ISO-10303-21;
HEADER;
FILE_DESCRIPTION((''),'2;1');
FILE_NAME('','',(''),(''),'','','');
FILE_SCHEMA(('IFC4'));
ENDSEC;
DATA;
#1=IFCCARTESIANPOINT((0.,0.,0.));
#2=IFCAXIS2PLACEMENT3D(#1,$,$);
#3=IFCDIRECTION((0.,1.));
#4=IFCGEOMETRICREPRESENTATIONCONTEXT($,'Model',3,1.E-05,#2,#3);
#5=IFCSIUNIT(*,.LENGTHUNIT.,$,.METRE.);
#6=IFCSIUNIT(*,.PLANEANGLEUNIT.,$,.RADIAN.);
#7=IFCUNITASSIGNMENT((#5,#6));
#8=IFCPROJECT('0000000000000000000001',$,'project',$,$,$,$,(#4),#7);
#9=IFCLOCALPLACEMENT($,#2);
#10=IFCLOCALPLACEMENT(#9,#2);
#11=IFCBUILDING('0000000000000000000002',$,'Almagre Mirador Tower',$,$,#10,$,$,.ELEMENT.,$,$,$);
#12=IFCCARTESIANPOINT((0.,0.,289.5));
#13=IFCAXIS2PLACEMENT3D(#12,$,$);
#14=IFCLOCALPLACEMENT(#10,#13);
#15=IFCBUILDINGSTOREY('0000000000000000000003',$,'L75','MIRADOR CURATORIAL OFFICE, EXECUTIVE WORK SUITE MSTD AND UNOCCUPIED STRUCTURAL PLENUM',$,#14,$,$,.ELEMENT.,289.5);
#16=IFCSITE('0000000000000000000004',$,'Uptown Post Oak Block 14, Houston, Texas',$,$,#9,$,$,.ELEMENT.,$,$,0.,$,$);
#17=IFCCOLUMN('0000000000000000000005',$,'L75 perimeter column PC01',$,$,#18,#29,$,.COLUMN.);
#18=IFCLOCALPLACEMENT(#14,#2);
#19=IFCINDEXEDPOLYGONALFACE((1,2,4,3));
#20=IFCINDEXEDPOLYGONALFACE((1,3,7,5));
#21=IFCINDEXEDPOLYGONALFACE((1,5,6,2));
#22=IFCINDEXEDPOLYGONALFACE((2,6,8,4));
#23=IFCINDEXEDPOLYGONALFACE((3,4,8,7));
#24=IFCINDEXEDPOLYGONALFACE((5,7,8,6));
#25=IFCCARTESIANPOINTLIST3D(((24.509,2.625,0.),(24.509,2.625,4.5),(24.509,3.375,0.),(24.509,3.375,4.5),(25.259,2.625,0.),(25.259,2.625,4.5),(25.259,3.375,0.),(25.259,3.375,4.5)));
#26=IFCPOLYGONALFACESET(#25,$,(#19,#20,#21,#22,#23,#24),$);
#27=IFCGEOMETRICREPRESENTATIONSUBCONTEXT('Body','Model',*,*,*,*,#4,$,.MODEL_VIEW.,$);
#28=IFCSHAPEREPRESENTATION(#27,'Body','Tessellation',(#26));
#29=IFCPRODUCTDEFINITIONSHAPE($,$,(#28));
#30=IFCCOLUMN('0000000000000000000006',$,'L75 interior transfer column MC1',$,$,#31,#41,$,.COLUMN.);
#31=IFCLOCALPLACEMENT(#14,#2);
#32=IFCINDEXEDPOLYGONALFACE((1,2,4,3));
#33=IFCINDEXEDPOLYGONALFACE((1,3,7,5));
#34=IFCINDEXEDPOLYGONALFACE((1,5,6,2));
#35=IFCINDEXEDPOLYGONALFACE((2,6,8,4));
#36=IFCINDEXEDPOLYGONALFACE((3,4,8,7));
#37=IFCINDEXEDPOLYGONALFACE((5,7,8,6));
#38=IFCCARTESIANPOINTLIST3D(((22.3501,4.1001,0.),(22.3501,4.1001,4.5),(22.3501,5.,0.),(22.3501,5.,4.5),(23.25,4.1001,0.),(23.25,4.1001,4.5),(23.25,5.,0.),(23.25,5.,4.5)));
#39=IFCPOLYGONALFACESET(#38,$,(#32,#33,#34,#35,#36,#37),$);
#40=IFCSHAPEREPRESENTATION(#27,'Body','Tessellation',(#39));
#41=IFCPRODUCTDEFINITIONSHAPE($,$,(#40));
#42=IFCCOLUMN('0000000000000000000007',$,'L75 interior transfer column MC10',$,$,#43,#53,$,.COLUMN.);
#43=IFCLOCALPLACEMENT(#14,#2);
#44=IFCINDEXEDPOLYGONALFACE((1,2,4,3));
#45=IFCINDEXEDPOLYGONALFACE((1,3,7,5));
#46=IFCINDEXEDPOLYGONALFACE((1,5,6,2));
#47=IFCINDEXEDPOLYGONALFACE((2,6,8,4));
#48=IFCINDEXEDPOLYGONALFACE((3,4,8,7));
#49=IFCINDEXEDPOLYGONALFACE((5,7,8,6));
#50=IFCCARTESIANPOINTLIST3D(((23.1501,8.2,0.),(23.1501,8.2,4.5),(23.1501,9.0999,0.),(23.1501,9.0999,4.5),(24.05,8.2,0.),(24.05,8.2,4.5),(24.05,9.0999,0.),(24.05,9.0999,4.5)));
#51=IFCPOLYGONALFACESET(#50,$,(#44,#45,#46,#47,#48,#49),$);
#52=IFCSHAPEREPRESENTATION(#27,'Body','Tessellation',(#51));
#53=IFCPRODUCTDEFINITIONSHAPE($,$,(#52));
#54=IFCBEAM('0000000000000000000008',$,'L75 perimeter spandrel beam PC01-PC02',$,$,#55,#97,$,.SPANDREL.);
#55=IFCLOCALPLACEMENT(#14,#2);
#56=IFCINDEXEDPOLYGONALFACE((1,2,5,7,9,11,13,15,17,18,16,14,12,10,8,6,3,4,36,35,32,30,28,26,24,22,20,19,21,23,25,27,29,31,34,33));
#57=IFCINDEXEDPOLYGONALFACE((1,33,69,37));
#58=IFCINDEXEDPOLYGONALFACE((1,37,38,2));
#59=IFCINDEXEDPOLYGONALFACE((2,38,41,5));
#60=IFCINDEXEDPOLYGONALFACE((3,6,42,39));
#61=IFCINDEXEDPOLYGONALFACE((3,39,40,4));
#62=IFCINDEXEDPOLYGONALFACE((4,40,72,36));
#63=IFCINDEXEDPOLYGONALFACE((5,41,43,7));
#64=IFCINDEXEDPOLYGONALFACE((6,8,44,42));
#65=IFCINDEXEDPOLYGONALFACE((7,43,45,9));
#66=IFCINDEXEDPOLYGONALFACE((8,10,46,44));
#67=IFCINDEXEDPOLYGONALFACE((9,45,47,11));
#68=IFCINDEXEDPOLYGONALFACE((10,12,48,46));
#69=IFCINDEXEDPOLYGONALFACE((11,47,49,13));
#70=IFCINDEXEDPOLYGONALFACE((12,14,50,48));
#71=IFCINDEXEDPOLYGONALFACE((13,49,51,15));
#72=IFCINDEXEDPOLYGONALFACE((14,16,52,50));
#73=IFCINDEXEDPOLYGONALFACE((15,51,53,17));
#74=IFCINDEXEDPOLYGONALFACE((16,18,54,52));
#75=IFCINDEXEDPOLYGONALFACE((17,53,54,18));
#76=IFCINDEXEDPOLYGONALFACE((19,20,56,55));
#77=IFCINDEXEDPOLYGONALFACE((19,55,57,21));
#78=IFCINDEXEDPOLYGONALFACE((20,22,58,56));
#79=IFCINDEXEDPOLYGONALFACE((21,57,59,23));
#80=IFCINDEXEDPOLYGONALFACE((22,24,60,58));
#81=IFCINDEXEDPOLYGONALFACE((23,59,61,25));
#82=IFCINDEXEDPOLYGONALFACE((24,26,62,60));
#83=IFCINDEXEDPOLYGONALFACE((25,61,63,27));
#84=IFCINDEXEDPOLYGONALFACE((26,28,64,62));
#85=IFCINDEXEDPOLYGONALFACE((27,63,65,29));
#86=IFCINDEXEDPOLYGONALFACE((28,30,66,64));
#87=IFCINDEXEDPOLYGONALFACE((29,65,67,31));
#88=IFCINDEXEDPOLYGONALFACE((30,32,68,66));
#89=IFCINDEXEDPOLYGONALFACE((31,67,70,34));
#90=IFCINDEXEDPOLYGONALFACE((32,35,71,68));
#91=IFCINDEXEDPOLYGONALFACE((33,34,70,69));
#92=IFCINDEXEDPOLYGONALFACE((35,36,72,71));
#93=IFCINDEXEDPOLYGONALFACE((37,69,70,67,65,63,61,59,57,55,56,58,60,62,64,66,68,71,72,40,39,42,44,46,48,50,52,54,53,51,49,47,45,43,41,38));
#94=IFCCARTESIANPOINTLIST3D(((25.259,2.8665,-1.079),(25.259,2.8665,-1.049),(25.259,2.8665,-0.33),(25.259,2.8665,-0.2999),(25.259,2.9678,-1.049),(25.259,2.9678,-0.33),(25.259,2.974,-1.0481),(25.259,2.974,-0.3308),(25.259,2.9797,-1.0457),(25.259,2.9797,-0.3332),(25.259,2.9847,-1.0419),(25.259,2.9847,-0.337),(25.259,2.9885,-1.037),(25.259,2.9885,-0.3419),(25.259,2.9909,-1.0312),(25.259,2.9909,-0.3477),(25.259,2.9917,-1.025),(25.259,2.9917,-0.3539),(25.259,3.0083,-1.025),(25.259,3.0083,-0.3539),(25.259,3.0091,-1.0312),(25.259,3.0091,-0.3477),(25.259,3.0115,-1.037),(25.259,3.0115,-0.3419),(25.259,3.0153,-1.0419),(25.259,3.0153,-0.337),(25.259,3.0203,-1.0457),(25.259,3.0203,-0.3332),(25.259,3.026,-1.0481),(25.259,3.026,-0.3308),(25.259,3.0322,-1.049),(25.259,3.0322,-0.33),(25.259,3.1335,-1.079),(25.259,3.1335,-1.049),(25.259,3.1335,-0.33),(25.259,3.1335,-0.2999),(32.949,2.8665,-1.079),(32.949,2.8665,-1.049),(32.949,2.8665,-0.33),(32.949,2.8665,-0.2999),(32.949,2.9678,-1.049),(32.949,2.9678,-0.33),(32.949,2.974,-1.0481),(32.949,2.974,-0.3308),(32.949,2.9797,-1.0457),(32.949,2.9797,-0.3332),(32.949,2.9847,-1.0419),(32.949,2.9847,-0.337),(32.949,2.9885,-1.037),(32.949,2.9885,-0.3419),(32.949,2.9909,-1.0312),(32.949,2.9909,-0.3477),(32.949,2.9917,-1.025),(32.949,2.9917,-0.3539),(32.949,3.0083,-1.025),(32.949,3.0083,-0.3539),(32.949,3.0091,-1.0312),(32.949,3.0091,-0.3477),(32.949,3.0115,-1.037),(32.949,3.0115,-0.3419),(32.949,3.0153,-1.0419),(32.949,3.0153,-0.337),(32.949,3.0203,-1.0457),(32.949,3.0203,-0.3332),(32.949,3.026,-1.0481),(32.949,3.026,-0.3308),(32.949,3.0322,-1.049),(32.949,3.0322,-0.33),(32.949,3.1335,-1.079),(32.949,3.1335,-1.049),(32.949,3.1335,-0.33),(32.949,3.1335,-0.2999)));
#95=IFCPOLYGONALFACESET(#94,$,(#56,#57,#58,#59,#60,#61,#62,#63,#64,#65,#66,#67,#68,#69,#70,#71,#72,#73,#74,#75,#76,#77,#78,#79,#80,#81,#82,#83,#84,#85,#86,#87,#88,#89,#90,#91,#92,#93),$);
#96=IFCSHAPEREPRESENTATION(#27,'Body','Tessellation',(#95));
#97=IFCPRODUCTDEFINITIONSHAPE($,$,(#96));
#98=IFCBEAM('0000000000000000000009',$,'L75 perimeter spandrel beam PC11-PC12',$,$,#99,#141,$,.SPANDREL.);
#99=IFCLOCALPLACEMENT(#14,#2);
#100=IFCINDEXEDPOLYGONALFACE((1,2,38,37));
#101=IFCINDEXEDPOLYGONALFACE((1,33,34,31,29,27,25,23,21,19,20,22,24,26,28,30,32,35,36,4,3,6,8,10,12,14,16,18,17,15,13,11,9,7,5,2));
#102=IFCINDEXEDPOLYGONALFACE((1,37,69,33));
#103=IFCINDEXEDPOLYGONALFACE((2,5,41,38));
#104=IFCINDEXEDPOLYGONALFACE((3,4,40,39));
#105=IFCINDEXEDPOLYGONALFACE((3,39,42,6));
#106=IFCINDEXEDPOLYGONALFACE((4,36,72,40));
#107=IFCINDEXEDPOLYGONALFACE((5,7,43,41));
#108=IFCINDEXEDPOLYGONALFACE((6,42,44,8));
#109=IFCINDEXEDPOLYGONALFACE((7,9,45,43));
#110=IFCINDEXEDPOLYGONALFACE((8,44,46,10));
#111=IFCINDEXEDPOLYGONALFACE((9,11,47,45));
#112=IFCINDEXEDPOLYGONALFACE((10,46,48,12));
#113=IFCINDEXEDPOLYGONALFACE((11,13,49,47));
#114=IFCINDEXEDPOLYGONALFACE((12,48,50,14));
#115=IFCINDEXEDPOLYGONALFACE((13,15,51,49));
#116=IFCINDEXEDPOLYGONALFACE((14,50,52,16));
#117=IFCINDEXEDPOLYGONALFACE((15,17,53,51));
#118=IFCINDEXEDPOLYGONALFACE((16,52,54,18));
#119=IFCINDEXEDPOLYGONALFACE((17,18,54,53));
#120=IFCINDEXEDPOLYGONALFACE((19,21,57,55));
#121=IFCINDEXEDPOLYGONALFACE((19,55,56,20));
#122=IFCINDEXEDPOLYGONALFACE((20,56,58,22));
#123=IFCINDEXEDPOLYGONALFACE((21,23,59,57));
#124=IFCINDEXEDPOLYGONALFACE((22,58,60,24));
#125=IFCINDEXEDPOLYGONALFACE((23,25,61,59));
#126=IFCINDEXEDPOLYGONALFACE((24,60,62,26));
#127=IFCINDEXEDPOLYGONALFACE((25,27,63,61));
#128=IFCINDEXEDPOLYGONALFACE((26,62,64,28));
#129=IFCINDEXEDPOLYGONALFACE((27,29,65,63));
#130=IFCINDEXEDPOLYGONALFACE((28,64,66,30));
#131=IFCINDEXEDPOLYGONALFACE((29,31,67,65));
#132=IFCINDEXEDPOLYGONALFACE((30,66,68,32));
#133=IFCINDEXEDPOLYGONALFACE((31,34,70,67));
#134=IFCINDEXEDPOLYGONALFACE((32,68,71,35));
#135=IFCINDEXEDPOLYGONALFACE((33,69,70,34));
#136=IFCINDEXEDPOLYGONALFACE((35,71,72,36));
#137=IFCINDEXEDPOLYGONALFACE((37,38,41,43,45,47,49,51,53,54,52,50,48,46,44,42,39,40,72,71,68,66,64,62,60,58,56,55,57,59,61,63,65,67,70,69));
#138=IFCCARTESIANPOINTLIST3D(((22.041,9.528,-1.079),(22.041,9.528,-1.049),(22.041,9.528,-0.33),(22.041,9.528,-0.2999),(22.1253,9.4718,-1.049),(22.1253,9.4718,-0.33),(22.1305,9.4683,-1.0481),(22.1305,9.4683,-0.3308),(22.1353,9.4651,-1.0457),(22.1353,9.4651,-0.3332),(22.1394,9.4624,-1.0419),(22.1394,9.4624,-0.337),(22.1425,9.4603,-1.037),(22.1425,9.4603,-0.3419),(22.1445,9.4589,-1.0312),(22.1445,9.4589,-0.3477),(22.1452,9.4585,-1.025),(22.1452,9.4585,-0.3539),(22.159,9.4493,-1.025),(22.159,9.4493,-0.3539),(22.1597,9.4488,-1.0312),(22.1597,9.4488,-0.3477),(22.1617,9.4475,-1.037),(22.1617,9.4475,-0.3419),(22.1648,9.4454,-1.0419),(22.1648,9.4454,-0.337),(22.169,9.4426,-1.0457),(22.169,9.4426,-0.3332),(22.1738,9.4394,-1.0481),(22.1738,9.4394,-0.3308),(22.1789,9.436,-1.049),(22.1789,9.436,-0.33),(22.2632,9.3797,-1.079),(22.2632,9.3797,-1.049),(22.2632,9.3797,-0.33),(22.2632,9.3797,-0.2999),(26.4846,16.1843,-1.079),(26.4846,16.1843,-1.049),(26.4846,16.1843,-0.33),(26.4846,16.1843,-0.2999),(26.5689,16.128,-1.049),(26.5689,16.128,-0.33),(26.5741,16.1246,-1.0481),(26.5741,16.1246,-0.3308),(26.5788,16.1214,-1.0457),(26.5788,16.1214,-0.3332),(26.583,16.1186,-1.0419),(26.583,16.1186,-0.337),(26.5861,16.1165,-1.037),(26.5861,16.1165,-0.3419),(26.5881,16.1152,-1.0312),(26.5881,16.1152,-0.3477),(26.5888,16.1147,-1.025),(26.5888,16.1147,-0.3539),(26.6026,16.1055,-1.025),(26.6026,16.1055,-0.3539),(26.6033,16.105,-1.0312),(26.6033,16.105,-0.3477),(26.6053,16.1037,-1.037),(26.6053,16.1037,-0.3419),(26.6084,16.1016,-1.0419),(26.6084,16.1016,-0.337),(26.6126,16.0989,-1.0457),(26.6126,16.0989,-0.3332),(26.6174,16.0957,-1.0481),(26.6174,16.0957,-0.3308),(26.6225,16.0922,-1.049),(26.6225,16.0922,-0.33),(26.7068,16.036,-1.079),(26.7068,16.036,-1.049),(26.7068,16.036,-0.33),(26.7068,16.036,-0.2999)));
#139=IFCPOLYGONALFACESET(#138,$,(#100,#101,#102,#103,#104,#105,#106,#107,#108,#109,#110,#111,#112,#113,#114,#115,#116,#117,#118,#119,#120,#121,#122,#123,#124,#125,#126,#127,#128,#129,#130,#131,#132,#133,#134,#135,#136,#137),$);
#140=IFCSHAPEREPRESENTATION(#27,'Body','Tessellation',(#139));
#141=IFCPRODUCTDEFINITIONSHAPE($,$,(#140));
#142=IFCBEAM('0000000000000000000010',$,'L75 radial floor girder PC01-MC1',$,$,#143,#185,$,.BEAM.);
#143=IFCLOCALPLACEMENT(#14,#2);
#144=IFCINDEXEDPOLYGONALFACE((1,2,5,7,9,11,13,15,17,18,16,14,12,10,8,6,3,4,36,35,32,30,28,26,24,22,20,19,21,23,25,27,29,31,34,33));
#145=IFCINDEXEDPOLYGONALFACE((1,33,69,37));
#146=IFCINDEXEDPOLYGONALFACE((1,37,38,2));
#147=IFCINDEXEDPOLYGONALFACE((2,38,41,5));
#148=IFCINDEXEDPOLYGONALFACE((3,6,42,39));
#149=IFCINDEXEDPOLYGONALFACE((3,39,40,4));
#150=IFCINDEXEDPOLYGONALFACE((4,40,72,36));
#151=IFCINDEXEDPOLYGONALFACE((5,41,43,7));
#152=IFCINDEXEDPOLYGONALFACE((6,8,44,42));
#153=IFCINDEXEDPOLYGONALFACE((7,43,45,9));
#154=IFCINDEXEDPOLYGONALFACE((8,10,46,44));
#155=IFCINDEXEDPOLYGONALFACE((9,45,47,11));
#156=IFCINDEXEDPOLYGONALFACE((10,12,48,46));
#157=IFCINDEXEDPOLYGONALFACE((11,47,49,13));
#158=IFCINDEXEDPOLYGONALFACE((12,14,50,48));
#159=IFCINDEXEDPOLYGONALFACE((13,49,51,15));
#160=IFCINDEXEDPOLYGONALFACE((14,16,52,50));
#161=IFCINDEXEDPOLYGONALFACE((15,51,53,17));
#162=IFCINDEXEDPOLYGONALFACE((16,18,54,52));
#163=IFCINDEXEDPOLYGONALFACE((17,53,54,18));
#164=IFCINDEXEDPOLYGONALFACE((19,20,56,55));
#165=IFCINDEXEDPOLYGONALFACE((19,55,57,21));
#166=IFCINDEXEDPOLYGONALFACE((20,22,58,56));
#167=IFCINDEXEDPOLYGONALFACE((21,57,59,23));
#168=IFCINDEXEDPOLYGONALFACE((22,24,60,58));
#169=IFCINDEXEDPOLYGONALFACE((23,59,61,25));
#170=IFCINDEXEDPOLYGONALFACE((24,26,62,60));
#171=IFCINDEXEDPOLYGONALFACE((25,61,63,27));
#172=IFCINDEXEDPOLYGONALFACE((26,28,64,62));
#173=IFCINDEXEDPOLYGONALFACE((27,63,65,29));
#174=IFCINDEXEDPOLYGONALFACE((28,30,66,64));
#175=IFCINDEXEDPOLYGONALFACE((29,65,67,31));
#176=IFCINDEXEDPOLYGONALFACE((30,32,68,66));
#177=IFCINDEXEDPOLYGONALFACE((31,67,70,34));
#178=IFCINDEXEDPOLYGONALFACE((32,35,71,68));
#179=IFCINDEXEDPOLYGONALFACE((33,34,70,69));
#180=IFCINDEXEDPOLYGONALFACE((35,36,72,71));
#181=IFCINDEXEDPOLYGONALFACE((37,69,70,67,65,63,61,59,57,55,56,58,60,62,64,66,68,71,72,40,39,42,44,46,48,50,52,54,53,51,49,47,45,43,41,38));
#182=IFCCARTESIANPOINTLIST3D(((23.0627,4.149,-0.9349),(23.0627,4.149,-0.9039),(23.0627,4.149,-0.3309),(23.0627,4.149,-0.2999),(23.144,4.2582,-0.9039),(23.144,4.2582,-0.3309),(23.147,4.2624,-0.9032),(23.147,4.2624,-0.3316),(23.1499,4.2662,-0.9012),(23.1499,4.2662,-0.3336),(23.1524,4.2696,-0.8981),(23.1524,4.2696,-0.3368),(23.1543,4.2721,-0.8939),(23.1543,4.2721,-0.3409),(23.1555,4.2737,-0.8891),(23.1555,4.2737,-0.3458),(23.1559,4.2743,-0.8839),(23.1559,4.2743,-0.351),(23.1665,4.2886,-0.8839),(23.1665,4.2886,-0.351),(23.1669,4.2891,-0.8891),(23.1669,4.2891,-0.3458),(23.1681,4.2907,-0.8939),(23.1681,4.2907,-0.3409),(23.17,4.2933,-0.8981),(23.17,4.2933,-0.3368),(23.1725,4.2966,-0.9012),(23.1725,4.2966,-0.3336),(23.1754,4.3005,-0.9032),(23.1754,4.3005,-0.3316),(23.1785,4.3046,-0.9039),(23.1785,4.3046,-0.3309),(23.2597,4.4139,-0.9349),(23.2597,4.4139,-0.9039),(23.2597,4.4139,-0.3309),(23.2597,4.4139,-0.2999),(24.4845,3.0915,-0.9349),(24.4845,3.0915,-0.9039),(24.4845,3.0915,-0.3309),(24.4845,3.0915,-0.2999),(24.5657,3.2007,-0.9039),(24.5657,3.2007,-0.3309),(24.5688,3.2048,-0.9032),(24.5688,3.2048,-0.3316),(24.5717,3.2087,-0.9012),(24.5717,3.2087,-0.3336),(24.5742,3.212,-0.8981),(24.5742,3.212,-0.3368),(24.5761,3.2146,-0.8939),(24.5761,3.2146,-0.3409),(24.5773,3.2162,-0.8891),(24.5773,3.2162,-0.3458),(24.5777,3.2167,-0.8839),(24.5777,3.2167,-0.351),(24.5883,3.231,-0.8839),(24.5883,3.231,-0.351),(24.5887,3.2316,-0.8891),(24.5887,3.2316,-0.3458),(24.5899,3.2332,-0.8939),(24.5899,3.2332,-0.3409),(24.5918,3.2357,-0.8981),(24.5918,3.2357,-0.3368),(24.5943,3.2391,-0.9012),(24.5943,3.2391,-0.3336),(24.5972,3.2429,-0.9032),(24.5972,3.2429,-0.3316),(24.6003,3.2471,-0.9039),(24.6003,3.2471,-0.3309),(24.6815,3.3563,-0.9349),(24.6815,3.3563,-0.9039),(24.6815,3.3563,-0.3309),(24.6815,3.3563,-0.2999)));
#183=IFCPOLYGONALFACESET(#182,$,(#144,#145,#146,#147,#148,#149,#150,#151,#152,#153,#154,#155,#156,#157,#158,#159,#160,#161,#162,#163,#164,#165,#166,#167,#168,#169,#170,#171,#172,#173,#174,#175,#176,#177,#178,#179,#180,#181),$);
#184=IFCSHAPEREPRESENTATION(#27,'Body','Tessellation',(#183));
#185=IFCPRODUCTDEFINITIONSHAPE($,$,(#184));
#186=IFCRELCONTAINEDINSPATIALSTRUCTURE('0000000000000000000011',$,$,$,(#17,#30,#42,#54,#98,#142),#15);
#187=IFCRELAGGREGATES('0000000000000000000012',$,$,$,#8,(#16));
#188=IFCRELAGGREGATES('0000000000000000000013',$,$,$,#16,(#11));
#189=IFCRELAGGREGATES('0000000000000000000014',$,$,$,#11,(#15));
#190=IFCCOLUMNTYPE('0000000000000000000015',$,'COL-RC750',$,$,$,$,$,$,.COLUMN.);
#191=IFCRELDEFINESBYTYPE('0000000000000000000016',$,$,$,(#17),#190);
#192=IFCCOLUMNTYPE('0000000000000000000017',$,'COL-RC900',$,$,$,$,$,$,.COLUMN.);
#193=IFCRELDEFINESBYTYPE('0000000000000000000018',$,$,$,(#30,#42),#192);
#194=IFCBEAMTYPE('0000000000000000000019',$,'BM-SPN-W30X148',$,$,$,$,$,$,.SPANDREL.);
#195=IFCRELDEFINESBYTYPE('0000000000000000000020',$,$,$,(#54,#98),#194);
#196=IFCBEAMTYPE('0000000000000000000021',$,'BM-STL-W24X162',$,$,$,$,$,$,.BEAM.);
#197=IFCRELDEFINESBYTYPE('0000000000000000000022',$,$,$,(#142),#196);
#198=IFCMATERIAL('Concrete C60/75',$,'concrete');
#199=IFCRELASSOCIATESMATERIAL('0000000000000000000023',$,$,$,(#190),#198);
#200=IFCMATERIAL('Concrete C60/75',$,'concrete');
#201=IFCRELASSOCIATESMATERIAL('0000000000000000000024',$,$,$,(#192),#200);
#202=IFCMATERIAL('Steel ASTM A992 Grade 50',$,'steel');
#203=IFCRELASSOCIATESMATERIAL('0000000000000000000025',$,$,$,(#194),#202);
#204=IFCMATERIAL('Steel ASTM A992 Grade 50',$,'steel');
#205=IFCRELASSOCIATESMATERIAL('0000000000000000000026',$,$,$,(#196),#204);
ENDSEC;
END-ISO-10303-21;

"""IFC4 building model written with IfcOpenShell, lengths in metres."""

from ifc_helpers import new_model, si_unit, direction, frame, origin, origin_2d, place, context, subcontext, project, spatial, rectangle, i_section, extrude, material, material_profile, profile_set, type_object, element, save


model = new_model("IFC4")

# Units and contexts
model_context = context("Model", 3, precision=1e-05, world=origin(), true_north=direction((0.0, 1.0)))
body_context = subcontext(model_context, "Body", "Model", "MODEL_VIEW")
ifc_project = project(units=[si_unit("LENGTHUNIT", "METRE"), si_unit("PLANEANGLEUNIT", "RADIAN")], contexts=[model_context])

# Site, building, storey
site_placement = place(None, origin())
site = spatial("IfcSite", under=ifc_project, at=site_placement, Name="Uptown Post Oak Block 14, Houston, Texas", CompositionType="ELEMENT", RefElevation=0.0)
building_placement = place(site_placement, origin())
building = spatial("IfcBuilding", under=site, at=building_placement, Name="Almagre Mirador Tower", CompositionType="ELEMENT")
storey_placement = place(building_placement, frame((0.0, 0.0, 289.5)))
storey = spatial("IfcBuildingStorey", under=building, at=storey_placement, Name="L75", Description="MIRADOR CURATORIAL OFFICE, EXECUTIVE WORK SUITE MSTD AND UNOCCUPIED STRUCTURAL PLENUM", CompositionType="ELEMENT", Elevation=289.5)

# Columns
ifc_material_1 = material(Name="Concrete C60/75", Category="concrete")
ifc_material_profile_1 = material_profile(ifc_material_1, rectangle(XDim=0.75, YDim=0.75, at=origin_2d()), Name="RC750X750")
ifc_profile_set_1 = profile_set([ifc_material_profile_1], Name="Concrete C60/75")
column_type_1 = type_object("IfcColumnType", Name="COL-RC750", PredefinedType="COLUMN", material=ifc_profile_set_1)
column_placement = place(storey_placement, frame((24.884, 3.0, 0.0), z_axis=(0.0, 0.0, 1.0), x_axis=(1.0, 0.0, 0.0)))
element("IfcColumn", 1, at=column_placement, inside=storey, type_object=column_type_1, Name="L75 perimeter column PC01", PredefinedType="COLUMN", context=body_context, shape_type="SweptSolid", body=[
    extrude(rectangle(XDim=0.75, YDim=0.75, at=origin_2d()), origin(), (0.0, 0.0, 1.0), 4.5),
])
ifc_material_2 = material(Name="Concrete C60/75", Category="concrete")
ifc_material_profile_2 = material_profile(ifc_material_2, rectangle(XDim=0.8999, YDim=0.8999, at=origin_2d()), Name="RC900X900")
ifc_profile_set_2 = profile_set([ifc_material_profile_2], Name="Concrete C60/75")
column_type_2 = type_object("IfcColumnType", Name="COL-RC900", PredefinedType="COLUMN", material=ifc_profile_set_2)
for number, where, z_axis, x_axis, name in (
    (2, (22.8, 4.55, 0.0), (0.0, 0.0, 1.0), (1.0, 0.0, 0.0), "L75 interior transfer column MC1"),
    (3, (23.6001, 8.6499, 0.0), (0.0, 0.0, 1.0), (1.0, 0.0, 0.0), "L75 interior transfer column MC10"),
):
    element("IfcColumn", number, at=place(storey_placement, frame(where, z_axis=z_axis, x_axis=x_axis)), inside=storey, type_object=column_type_2, Name=name, PredefinedType="COLUMN", context=body_context, shape_type="SweptSolid", body=[
        extrude(rectangle(XDim=0.8999, YDim=0.8999, at=origin_2d()), origin(), (0.0, 0.0, 1.0), 4.5),
    ])

# Beams
ifc_material_3 = material(Name="Steel ASTM A992 Grade 50", Category="steel")
ifc_material_profile_3 = material_profile(ifc_material_3, i_section(OverallWidth=0.2671, OverallDepth=0.7791, WebThickness=0.0166, FlangeThickness=0.03, FilletRadius=0.0239, at=origin_2d()), Name="W30X148")
ifc_profile_set_3 = profile_set([ifc_material_profile_3], Name="Steel ASTM A992 Grade 50")
beam_type_1 = type_object("IfcBeamType", Name="BM-SPN-W30X148", PredefinedType="SPANDREL", material=ifc_profile_set_3)
beam_1_placement = place(storey_placement, frame((25.259, 3.0, -0.6895), z_axis=(1.0, 0.0, 0.0), x_axis=(0.0, 1.0, 0.0)))
element("IfcBeam", 4, at=beam_1_placement, inside=storey, type_object=beam_type_1, Name="L75 perimeter spandrel beam PC01-PC02", PredefinedType="SPANDREL", context=body_context, shape_type="SweptSolid", body=[
    extrude(i_section(OverallWidth=0.2671, OverallDepth=0.7791, WebThickness=0.0166, FlangeThickness=0.03, FilletRadius=0.0239, at=origin_2d()), origin(), (0.0, 0.0, 1.0), 7.6899),
])
beam_2_placement = place(storey_placement, frame((26.5957, 16.1101, -0.6895), z_axis=(-0.555228, -0.831698, 0.0), x_axis=(0.831698, -0.555228, 0.0)))
element("IfcBeam", 5, at=beam_2_placement, inside=storey, type_object=beam_type_1, Name="L75 perimeter spandrel beam PC11-PC12", PredefinedType="SPANDREL", context=body_context, shape_type="SweptSolid", body=[
    extrude(i_section(OverallWidth=0.2671, OverallDepth=0.7791, WebThickness=0.0166, FlangeThickness=0.03, FilletRadius=0.0239, at=origin_2d()), origin(), (0.0, 0.0, 1.0), 8.0032),
])
ifc_material_4 = material(Name="Steel ASTM A992 Grade 50", Category="steel")
ifc_material_profile_4 = material_profile(ifc_material_4, i_section(OverallWidth=0.3301, OverallDepth=0.635, WebThickness=0.0178, FlangeThickness=0.031, FilletRadius=0.02, at=origin_2d()), Name="W24X162")
ifc_profile_set_4 = profile_set([ifc_material_profile_4], Name="Steel ASTM A992 Grade 50")
beam_type_2 = type_object("IfcBeamType", Name="BM-STL-W24X162", PredefinedType="BEAM", material=ifc_profile_set_4)
beam_3_placement = place(storey_placement, frame((24.583, 3.2239, -0.6174), z_axis=(-0.802374, 0.596821, 0.0), x_axis=(-0.596821, -0.802374, 0.0)))
element("IfcBeam", 6, at=beam_3_placement, inside=storey, type_object=beam_type_2, Name="L75 radial floor girder PC01-MC1", PredefinedType="BEAM", context=body_context, shape_type="SweptSolid", body=[
    extrude(i_section(OverallWidth=0.3301, OverallDepth=0.635, WebThickness=0.0178, FlangeThickness=0.031, FilletRadius=0.02, at=origin_2d()), origin(), (0.0, 0.0, 1.0), 1.772),
])

save(model, "model.ifc")
